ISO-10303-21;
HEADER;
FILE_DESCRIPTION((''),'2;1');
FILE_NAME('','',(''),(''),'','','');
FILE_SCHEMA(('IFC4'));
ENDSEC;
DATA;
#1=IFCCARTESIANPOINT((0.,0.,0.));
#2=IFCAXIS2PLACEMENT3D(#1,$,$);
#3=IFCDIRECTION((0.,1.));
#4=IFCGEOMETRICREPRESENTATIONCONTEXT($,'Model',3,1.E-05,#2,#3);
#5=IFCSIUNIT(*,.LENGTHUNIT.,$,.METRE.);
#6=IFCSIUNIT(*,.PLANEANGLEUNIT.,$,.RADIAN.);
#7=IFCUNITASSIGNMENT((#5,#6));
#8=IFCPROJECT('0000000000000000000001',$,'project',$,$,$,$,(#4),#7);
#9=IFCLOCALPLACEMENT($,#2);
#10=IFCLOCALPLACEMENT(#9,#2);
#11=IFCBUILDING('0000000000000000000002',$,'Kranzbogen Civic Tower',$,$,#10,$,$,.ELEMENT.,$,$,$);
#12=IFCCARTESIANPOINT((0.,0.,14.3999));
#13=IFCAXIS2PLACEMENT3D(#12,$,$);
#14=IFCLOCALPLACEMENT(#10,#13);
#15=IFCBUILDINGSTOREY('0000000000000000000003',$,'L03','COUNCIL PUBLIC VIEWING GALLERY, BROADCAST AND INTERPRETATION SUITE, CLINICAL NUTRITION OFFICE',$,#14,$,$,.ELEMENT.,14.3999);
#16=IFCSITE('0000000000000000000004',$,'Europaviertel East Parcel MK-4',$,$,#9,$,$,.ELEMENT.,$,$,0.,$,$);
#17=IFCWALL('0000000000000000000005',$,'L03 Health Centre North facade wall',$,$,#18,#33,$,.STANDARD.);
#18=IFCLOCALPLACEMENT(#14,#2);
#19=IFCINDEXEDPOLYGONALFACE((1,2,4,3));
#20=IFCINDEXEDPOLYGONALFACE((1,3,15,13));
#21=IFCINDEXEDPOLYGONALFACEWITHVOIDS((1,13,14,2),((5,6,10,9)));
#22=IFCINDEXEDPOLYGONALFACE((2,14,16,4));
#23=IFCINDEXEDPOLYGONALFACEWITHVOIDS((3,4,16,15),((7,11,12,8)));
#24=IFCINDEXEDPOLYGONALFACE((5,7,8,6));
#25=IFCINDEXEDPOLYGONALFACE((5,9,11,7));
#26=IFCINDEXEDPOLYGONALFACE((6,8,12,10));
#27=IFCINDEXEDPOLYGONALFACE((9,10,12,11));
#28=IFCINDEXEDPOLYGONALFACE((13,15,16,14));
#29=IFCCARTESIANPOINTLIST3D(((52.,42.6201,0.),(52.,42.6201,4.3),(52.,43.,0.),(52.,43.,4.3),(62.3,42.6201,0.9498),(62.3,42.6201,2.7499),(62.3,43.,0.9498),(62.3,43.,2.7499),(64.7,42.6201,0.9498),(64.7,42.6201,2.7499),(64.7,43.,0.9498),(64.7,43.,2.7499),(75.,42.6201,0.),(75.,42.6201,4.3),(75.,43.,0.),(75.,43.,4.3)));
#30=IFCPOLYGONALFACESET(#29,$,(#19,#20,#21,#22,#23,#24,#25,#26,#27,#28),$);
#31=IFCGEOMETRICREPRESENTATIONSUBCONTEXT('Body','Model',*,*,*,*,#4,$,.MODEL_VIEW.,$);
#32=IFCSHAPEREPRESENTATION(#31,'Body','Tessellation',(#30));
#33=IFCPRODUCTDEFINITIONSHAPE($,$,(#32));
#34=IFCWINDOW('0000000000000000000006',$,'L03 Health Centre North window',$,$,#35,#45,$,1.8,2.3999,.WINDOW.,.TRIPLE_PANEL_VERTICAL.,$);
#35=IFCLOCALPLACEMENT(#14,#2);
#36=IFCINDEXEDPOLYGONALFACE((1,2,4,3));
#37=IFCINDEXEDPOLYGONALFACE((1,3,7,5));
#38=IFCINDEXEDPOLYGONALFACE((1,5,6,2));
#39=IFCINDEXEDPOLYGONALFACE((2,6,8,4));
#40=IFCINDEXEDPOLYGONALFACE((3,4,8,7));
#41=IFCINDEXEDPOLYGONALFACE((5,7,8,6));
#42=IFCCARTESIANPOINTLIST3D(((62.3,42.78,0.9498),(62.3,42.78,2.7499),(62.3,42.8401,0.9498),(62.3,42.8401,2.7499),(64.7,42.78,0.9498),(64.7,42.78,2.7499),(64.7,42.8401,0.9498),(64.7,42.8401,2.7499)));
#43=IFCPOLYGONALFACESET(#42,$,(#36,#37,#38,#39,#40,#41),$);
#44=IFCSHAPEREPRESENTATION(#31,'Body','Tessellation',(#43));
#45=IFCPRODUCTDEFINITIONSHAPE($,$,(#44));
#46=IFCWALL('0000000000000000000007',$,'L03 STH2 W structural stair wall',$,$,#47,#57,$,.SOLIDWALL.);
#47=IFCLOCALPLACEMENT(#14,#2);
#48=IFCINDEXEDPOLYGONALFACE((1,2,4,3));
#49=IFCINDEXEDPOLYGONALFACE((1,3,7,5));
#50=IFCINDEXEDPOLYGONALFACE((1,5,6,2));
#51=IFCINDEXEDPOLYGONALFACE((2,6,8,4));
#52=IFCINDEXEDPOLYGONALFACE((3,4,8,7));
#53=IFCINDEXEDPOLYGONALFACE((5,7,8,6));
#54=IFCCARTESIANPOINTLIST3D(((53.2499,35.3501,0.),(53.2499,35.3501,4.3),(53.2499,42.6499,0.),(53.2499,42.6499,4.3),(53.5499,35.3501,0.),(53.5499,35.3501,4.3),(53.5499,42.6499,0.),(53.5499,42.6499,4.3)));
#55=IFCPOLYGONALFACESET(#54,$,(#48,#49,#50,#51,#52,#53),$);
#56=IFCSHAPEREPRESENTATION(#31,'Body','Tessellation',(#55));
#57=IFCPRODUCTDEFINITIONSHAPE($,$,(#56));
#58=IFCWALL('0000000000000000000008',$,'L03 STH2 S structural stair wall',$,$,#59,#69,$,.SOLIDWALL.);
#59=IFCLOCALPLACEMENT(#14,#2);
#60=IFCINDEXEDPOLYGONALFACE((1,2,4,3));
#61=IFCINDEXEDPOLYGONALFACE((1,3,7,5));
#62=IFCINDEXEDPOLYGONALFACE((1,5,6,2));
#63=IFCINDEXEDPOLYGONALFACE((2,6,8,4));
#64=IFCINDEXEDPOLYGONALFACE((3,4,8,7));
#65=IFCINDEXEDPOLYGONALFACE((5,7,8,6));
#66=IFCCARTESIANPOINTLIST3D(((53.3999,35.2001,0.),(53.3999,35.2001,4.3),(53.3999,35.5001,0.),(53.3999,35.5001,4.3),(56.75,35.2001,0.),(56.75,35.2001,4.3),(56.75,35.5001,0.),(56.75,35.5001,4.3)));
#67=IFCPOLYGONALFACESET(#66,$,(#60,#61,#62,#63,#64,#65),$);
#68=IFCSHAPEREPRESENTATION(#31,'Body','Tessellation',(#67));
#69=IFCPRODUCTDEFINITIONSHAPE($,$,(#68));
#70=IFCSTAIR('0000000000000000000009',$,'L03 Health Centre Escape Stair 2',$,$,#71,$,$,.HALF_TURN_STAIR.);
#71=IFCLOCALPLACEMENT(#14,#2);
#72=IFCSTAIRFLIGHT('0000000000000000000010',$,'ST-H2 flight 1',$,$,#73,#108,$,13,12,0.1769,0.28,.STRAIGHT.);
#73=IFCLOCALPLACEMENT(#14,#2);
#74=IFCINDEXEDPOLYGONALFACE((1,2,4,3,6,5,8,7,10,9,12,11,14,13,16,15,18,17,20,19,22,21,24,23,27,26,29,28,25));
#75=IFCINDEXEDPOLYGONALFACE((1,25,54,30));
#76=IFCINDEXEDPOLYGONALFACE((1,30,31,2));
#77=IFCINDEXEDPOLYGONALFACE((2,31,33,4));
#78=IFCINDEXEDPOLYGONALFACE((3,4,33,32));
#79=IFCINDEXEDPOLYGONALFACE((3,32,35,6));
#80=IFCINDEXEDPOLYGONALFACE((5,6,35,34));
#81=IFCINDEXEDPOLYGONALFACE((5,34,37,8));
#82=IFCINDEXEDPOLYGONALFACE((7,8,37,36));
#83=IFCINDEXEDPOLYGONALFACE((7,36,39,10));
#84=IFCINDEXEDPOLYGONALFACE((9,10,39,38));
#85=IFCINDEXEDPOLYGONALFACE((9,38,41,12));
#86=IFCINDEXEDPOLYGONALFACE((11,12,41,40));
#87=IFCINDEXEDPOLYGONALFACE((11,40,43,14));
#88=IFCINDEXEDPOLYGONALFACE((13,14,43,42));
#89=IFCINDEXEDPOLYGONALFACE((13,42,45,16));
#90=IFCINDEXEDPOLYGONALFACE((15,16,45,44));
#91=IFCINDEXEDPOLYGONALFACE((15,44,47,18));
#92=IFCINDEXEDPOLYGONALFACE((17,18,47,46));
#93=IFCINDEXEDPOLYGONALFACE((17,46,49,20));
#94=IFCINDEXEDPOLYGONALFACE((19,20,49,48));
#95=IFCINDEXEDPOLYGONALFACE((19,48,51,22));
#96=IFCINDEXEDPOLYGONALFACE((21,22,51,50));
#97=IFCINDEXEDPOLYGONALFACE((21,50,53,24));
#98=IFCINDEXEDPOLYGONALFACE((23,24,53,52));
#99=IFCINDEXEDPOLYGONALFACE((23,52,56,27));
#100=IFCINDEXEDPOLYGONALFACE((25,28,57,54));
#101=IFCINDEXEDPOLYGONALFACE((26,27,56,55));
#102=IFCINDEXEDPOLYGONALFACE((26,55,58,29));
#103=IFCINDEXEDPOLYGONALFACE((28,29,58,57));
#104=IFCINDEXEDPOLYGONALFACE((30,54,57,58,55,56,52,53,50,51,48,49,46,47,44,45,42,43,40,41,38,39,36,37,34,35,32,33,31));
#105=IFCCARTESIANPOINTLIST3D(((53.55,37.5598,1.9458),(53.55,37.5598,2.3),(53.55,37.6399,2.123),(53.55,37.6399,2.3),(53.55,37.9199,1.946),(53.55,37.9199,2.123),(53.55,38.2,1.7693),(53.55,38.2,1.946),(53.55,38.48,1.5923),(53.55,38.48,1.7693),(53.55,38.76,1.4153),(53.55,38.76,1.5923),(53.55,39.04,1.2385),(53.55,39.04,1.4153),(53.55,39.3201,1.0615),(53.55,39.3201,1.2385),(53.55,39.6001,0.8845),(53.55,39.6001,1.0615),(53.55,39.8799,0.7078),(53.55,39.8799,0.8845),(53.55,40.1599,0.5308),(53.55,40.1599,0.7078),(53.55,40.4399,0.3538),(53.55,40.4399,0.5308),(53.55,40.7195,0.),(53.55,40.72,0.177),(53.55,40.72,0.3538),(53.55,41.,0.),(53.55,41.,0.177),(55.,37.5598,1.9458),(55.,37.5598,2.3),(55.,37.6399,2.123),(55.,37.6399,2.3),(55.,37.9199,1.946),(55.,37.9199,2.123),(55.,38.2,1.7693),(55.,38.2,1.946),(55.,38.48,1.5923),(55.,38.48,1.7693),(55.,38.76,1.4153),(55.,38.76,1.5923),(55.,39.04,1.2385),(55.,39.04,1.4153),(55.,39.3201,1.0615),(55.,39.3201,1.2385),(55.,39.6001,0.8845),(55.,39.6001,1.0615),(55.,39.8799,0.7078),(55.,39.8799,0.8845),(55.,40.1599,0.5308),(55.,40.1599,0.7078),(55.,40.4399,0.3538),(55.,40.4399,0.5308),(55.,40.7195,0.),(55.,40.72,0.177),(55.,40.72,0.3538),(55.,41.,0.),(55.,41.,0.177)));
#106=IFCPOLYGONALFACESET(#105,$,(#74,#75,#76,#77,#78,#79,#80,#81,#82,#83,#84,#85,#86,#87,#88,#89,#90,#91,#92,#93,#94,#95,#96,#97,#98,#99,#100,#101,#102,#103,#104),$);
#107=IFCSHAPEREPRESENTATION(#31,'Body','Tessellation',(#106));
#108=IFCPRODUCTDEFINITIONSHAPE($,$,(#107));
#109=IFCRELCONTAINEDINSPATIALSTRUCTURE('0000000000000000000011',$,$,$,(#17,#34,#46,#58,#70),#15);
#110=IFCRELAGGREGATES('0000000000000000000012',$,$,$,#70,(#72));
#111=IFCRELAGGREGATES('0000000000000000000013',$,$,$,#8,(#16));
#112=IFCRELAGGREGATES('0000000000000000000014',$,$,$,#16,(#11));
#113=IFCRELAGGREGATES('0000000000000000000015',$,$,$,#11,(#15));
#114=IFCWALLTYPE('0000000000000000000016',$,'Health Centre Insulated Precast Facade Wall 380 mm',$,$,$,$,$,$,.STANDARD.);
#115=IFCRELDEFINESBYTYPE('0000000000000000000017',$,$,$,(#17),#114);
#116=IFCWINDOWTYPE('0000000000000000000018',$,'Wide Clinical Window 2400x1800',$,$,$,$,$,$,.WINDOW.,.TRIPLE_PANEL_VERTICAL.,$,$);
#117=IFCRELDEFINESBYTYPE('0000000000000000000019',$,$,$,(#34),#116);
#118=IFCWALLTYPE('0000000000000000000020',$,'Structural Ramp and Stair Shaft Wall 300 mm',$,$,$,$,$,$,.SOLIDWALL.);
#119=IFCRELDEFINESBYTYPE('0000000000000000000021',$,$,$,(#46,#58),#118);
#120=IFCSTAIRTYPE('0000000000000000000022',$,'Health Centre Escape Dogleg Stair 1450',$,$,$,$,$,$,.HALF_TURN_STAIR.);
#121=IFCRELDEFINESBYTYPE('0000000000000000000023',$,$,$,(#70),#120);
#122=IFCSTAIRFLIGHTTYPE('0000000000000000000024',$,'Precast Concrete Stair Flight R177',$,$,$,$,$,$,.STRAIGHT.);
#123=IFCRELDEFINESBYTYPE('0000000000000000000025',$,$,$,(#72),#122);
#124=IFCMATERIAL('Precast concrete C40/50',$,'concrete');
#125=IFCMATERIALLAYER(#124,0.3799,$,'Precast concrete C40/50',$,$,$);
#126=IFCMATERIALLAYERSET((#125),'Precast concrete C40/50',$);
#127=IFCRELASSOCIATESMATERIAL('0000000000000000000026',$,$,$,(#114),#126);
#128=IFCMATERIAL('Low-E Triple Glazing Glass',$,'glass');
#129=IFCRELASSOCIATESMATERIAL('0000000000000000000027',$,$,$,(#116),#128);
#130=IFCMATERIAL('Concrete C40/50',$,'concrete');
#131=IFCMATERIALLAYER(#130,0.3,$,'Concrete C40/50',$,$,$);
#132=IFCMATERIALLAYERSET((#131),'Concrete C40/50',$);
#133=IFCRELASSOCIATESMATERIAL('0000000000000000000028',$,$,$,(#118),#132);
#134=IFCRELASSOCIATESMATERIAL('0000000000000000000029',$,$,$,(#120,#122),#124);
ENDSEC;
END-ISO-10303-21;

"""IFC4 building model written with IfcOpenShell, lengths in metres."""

from ifc_helpers import new_model, si_unit, direction, frame, frame_2d, origin, place, context, subcontext, project, spatial, polyline, rectangle, outline, extrude, material, layer, layer_set, type_object, element, fill, aggregate, save


model = new_model("IFC4")

# Units and contexts
model_context = context("Model", 3, precision=1e-05, world=origin(), true_north=direction((0.0, 1.0)))
body_context = subcontext(model_context, "Body", "Model", "MODEL_VIEW")
ifc_project = project(units=[si_unit("LENGTHUNIT", "METRE"), si_unit("PLANEANGLEUNIT", "RADIAN")], contexts=[model_context])

# Site, building, storey
site_placement = place(None, origin())
site = spatial("IfcSite", under=ifc_project, at=site_placement, Name="Europaviertel East Parcel MK-4", CompositionType="ELEMENT", RefElevation=0.0)
building_placement = place(site_placement, origin())
building = spatial("IfcBuilding", under=site, at=building_placement, Name="Kranzbogen Civic Tower", CompositionType="ELEMENT")
storey_placement = place(building_placement, frame((0.0, 0.0, 14.3999)))
storey = spatial("IfcBuildingStorey", under=building, at=storey_placement, Name="L03", Description="COUNCIL PUBLIC VIEWING GALLERY, BROADCAST AND INTERPRETATION SUITE, CLINICAL NUTRITION OFFICE", CompositionType="ELEMENT", Elevation=14.3999)

# Shared definitions
ifc_material_1 = material(Name="Concrete C40/50", Category="concrete")

# Shared definitions
ifc_material_2 = material(Name="Low-E Triple Glazing Glass", Category="glass")

# Wall, opening, window
ifc_material_3 = material(Name="Precast concrete C40/50", Category="concrete")
ifc_layer_1 = layer(ifc_material_3, 0.3799, Name="Precast concrete C40/50")
ifc_layer_set_1 = layer_set([ifc_layer_1], Name="Precast concrete C40/50")
wall_type_1 = type_object("IfcWallType", Name="Health Centre Insulated Precast Facade Wall 380 mm", PredefinedType="STANDARD", material=ifc_layer_set_1)
wall_1_placement = place(storey_placement, frame((52.0, 42.8101, 0.0), z_axis=(0.0, 0.0, 1.0), x_axis=(1.0, 0.0, 0.0)))
wall_1 = element("IfcWall", 1, at=wall_1_placement, inside=storey, type_object=wall_type_1, Name="L03 Health Centre North facade wall", PredefinedType="STANDARD", context=body_context, shape_type="SweptSolid", body=[
    extrude(rectangle(XDim=23.0, YDim=0.3799, at=frame_2d((11.5, 0.0))), origin(), (0.0, 0.0, 1.0), 4.3),
])
opening_placement = place(wall_1_placement, frame((10.3, 0.0, 0.95)))
opening = element("IfcOpeningElement", 2, at=opening_placement, cuts=wall_1, PredefinedType="OPENING", context=body_context, shape_type="SweptSolid", body=[
    extrude(rectangle(XDim=2.3999, YDim=1.8, at=frame_2d((1.2, 0.8999))), frame((0.0, 0.2, 0.0), z_axis=(0.0, -1.0, 0.0), x_axis=(1.0, 0.0, 0.0)), (0.0, 0.0, 1.0), 0.3999),
])
window_type = type_object("IfcWindowType", Name="Wide Clinical Window 2400x1800", PartitioningType="TRIPLE_PANEL_VERTICAL", PredefinedType="WINDOW", material=ifc_material_2)
window_placement = place(opening_placement, origin())
window = element("IfcWindow", 3, at=window_placement, inside=storey, type_object=window_type, Name="L03 Health Centre North window", OverallHeight=1.8, OverallWidth=2.3999, PartitioningType="TRIPLE_PANEL_VERTICAL", PredefinedType="WINDOW", context=body_context, shape_type="SweptSolid", body=[
    extrude(rectangle(XDim=2.3999, YDim=1.8, at=frame_2d((1.2, 0.8999))), frame((0.0, 0.03, 0.0), z_axis=(0.0, -1.0, 0.0), x_axis=(1.0, 0.0, 0.0)), (0.0, 0.0, 1.0), 0.0601),
])
fill(opening, window)

# Walls
ifc_layer_2 = layer(ifc_material_1, 0.3, Name="Concrete C40/50")
ifc_layer_set_2 = layer_set([ifc_layer_2], Name="Concrete C40/50")
wall_type_2 = type_object("IfcWallType", Name="Structural Ramp and Stair Shaft Wall 300 mm", PredefinedType="SOLIDWALL", material=ifc_layer_set_2)
wall_2_placement = place(storey_placement, frame((53.3999, 35.3501, 0.0), z_axis=(0.0, 0.0, 1.0), x_axis=(0.0, 1.0, 0.0)))
element("IfcWall", 4, at=wall_2_placement, inside=storey, type_object=wall_type_2, Name="L03 STH2 W structural stair wall", PredefinedType="SOLIDWALL", context=body_context, shape_type="SweptSolid", body=[
    extrude(rectangle(XDim=7.2998, YDim=0.3, at=frame_2d((3.6499, 0.0))), origin(), (0.0, 0.0, 1.0), 4.3),
])
wall_3_placement = place(storey_placement, frame((53.3999, 35.3501, 0.0), z_axis=(0.0, 0.0, 1.0), x_axis=(1.0, 0.0, 0.0)))
element("IfcWall", 5, at=wall_3_placement, inside=storey, type_object=wall_type_2, Name="L03 STH2 S structural stair wall", PredefinedType="SOLIDWALL", context=body_context, shape_type="SweptSolid", body=[
    extrude(rectangle(XDim=3.3501, YDim=0.3, at=frame_2d((1.675, 0.0))), origin(), (0.0, 0.0, 1.0), 4.3),
])

# Stair, stair flight
stair_type = type_object("IfcStairType", Name="Health Centre Escape Dogleg Stair 1450", PredefinedType="HALF_TURN_STAIR", material=ifc_material_3)
stair_placement = place(storey_placement, origin())
stair = element("IfcStair", 6, at=stair_placement, inside=storey, type_object=stair_type, Name="L03 Health Centre Escape Stair 2", PredefinedType="HALF_TURN_STAIR")
stair_flight_type = type_object("IfcStairFlightType", Name="Precast Concrete Stair Flight R177", PredefinedType="STRAIGHT", material=ifc_material_3)
stair_flight_placement = place(storey_placement, frame((54.2749, 41.0, 0.0), z_axis=(0.0, 0.0, 1.0), x_axis=(0.0, -1.0, 0.0)))
stair_flight = element("IfcStairFlight", 7, at=stair_flight_placement, type_object=stair_flight_type, Name="ST-H2 flight 1", NumberOfRisers=13, NumberOfTreads=12, PredefinedType="STRAIGHT", RiserHeight=0.1769, TreadLength=0.28, context=body_context, shape_type="SweptSolid", body=[
    extrude(outline(polyline([(0.0, 0.0), (0.0, 0.177), (0.28, 0.177), (0.28, 0.3538), (0.5601, 0.3538), (0.5601, 0.5308), (0.8401, 0.5308), (0.8401, 0.7078), (1.1201, 0.7078), (1.1201, 0.8845), (1.3999, 0.8845), (1.3999, 1.0615), (1.6799, 1.0615), (1.6799, 1.2385), (1.96, 1.2385), (1.96, 1.4153), (2.24, 1.4153), (2.24, 1.5923), (2.52, 1.5923), (2.52, 1.7693), (2.8, 1.7693), (2.8, 1.946), (3.0801, 1.946), (3.0801, 2.123), (3.3601, 2.123), (3.3601, 2.3), (3.4402, 2.3), (3.4402, 1.9458), (0.2805, 0.0), (0.0, 0.0)])), frame((0.0, 0.7251, 0.0), z_axis=(0.0, -1.0, 0.0), x_axis=(1.0, 0.0, 0.0)), (0.0, 0.0, 1.0), 1.45),
])
aggregate(stair, [stair_flight])

save(model, "model.ifc")
